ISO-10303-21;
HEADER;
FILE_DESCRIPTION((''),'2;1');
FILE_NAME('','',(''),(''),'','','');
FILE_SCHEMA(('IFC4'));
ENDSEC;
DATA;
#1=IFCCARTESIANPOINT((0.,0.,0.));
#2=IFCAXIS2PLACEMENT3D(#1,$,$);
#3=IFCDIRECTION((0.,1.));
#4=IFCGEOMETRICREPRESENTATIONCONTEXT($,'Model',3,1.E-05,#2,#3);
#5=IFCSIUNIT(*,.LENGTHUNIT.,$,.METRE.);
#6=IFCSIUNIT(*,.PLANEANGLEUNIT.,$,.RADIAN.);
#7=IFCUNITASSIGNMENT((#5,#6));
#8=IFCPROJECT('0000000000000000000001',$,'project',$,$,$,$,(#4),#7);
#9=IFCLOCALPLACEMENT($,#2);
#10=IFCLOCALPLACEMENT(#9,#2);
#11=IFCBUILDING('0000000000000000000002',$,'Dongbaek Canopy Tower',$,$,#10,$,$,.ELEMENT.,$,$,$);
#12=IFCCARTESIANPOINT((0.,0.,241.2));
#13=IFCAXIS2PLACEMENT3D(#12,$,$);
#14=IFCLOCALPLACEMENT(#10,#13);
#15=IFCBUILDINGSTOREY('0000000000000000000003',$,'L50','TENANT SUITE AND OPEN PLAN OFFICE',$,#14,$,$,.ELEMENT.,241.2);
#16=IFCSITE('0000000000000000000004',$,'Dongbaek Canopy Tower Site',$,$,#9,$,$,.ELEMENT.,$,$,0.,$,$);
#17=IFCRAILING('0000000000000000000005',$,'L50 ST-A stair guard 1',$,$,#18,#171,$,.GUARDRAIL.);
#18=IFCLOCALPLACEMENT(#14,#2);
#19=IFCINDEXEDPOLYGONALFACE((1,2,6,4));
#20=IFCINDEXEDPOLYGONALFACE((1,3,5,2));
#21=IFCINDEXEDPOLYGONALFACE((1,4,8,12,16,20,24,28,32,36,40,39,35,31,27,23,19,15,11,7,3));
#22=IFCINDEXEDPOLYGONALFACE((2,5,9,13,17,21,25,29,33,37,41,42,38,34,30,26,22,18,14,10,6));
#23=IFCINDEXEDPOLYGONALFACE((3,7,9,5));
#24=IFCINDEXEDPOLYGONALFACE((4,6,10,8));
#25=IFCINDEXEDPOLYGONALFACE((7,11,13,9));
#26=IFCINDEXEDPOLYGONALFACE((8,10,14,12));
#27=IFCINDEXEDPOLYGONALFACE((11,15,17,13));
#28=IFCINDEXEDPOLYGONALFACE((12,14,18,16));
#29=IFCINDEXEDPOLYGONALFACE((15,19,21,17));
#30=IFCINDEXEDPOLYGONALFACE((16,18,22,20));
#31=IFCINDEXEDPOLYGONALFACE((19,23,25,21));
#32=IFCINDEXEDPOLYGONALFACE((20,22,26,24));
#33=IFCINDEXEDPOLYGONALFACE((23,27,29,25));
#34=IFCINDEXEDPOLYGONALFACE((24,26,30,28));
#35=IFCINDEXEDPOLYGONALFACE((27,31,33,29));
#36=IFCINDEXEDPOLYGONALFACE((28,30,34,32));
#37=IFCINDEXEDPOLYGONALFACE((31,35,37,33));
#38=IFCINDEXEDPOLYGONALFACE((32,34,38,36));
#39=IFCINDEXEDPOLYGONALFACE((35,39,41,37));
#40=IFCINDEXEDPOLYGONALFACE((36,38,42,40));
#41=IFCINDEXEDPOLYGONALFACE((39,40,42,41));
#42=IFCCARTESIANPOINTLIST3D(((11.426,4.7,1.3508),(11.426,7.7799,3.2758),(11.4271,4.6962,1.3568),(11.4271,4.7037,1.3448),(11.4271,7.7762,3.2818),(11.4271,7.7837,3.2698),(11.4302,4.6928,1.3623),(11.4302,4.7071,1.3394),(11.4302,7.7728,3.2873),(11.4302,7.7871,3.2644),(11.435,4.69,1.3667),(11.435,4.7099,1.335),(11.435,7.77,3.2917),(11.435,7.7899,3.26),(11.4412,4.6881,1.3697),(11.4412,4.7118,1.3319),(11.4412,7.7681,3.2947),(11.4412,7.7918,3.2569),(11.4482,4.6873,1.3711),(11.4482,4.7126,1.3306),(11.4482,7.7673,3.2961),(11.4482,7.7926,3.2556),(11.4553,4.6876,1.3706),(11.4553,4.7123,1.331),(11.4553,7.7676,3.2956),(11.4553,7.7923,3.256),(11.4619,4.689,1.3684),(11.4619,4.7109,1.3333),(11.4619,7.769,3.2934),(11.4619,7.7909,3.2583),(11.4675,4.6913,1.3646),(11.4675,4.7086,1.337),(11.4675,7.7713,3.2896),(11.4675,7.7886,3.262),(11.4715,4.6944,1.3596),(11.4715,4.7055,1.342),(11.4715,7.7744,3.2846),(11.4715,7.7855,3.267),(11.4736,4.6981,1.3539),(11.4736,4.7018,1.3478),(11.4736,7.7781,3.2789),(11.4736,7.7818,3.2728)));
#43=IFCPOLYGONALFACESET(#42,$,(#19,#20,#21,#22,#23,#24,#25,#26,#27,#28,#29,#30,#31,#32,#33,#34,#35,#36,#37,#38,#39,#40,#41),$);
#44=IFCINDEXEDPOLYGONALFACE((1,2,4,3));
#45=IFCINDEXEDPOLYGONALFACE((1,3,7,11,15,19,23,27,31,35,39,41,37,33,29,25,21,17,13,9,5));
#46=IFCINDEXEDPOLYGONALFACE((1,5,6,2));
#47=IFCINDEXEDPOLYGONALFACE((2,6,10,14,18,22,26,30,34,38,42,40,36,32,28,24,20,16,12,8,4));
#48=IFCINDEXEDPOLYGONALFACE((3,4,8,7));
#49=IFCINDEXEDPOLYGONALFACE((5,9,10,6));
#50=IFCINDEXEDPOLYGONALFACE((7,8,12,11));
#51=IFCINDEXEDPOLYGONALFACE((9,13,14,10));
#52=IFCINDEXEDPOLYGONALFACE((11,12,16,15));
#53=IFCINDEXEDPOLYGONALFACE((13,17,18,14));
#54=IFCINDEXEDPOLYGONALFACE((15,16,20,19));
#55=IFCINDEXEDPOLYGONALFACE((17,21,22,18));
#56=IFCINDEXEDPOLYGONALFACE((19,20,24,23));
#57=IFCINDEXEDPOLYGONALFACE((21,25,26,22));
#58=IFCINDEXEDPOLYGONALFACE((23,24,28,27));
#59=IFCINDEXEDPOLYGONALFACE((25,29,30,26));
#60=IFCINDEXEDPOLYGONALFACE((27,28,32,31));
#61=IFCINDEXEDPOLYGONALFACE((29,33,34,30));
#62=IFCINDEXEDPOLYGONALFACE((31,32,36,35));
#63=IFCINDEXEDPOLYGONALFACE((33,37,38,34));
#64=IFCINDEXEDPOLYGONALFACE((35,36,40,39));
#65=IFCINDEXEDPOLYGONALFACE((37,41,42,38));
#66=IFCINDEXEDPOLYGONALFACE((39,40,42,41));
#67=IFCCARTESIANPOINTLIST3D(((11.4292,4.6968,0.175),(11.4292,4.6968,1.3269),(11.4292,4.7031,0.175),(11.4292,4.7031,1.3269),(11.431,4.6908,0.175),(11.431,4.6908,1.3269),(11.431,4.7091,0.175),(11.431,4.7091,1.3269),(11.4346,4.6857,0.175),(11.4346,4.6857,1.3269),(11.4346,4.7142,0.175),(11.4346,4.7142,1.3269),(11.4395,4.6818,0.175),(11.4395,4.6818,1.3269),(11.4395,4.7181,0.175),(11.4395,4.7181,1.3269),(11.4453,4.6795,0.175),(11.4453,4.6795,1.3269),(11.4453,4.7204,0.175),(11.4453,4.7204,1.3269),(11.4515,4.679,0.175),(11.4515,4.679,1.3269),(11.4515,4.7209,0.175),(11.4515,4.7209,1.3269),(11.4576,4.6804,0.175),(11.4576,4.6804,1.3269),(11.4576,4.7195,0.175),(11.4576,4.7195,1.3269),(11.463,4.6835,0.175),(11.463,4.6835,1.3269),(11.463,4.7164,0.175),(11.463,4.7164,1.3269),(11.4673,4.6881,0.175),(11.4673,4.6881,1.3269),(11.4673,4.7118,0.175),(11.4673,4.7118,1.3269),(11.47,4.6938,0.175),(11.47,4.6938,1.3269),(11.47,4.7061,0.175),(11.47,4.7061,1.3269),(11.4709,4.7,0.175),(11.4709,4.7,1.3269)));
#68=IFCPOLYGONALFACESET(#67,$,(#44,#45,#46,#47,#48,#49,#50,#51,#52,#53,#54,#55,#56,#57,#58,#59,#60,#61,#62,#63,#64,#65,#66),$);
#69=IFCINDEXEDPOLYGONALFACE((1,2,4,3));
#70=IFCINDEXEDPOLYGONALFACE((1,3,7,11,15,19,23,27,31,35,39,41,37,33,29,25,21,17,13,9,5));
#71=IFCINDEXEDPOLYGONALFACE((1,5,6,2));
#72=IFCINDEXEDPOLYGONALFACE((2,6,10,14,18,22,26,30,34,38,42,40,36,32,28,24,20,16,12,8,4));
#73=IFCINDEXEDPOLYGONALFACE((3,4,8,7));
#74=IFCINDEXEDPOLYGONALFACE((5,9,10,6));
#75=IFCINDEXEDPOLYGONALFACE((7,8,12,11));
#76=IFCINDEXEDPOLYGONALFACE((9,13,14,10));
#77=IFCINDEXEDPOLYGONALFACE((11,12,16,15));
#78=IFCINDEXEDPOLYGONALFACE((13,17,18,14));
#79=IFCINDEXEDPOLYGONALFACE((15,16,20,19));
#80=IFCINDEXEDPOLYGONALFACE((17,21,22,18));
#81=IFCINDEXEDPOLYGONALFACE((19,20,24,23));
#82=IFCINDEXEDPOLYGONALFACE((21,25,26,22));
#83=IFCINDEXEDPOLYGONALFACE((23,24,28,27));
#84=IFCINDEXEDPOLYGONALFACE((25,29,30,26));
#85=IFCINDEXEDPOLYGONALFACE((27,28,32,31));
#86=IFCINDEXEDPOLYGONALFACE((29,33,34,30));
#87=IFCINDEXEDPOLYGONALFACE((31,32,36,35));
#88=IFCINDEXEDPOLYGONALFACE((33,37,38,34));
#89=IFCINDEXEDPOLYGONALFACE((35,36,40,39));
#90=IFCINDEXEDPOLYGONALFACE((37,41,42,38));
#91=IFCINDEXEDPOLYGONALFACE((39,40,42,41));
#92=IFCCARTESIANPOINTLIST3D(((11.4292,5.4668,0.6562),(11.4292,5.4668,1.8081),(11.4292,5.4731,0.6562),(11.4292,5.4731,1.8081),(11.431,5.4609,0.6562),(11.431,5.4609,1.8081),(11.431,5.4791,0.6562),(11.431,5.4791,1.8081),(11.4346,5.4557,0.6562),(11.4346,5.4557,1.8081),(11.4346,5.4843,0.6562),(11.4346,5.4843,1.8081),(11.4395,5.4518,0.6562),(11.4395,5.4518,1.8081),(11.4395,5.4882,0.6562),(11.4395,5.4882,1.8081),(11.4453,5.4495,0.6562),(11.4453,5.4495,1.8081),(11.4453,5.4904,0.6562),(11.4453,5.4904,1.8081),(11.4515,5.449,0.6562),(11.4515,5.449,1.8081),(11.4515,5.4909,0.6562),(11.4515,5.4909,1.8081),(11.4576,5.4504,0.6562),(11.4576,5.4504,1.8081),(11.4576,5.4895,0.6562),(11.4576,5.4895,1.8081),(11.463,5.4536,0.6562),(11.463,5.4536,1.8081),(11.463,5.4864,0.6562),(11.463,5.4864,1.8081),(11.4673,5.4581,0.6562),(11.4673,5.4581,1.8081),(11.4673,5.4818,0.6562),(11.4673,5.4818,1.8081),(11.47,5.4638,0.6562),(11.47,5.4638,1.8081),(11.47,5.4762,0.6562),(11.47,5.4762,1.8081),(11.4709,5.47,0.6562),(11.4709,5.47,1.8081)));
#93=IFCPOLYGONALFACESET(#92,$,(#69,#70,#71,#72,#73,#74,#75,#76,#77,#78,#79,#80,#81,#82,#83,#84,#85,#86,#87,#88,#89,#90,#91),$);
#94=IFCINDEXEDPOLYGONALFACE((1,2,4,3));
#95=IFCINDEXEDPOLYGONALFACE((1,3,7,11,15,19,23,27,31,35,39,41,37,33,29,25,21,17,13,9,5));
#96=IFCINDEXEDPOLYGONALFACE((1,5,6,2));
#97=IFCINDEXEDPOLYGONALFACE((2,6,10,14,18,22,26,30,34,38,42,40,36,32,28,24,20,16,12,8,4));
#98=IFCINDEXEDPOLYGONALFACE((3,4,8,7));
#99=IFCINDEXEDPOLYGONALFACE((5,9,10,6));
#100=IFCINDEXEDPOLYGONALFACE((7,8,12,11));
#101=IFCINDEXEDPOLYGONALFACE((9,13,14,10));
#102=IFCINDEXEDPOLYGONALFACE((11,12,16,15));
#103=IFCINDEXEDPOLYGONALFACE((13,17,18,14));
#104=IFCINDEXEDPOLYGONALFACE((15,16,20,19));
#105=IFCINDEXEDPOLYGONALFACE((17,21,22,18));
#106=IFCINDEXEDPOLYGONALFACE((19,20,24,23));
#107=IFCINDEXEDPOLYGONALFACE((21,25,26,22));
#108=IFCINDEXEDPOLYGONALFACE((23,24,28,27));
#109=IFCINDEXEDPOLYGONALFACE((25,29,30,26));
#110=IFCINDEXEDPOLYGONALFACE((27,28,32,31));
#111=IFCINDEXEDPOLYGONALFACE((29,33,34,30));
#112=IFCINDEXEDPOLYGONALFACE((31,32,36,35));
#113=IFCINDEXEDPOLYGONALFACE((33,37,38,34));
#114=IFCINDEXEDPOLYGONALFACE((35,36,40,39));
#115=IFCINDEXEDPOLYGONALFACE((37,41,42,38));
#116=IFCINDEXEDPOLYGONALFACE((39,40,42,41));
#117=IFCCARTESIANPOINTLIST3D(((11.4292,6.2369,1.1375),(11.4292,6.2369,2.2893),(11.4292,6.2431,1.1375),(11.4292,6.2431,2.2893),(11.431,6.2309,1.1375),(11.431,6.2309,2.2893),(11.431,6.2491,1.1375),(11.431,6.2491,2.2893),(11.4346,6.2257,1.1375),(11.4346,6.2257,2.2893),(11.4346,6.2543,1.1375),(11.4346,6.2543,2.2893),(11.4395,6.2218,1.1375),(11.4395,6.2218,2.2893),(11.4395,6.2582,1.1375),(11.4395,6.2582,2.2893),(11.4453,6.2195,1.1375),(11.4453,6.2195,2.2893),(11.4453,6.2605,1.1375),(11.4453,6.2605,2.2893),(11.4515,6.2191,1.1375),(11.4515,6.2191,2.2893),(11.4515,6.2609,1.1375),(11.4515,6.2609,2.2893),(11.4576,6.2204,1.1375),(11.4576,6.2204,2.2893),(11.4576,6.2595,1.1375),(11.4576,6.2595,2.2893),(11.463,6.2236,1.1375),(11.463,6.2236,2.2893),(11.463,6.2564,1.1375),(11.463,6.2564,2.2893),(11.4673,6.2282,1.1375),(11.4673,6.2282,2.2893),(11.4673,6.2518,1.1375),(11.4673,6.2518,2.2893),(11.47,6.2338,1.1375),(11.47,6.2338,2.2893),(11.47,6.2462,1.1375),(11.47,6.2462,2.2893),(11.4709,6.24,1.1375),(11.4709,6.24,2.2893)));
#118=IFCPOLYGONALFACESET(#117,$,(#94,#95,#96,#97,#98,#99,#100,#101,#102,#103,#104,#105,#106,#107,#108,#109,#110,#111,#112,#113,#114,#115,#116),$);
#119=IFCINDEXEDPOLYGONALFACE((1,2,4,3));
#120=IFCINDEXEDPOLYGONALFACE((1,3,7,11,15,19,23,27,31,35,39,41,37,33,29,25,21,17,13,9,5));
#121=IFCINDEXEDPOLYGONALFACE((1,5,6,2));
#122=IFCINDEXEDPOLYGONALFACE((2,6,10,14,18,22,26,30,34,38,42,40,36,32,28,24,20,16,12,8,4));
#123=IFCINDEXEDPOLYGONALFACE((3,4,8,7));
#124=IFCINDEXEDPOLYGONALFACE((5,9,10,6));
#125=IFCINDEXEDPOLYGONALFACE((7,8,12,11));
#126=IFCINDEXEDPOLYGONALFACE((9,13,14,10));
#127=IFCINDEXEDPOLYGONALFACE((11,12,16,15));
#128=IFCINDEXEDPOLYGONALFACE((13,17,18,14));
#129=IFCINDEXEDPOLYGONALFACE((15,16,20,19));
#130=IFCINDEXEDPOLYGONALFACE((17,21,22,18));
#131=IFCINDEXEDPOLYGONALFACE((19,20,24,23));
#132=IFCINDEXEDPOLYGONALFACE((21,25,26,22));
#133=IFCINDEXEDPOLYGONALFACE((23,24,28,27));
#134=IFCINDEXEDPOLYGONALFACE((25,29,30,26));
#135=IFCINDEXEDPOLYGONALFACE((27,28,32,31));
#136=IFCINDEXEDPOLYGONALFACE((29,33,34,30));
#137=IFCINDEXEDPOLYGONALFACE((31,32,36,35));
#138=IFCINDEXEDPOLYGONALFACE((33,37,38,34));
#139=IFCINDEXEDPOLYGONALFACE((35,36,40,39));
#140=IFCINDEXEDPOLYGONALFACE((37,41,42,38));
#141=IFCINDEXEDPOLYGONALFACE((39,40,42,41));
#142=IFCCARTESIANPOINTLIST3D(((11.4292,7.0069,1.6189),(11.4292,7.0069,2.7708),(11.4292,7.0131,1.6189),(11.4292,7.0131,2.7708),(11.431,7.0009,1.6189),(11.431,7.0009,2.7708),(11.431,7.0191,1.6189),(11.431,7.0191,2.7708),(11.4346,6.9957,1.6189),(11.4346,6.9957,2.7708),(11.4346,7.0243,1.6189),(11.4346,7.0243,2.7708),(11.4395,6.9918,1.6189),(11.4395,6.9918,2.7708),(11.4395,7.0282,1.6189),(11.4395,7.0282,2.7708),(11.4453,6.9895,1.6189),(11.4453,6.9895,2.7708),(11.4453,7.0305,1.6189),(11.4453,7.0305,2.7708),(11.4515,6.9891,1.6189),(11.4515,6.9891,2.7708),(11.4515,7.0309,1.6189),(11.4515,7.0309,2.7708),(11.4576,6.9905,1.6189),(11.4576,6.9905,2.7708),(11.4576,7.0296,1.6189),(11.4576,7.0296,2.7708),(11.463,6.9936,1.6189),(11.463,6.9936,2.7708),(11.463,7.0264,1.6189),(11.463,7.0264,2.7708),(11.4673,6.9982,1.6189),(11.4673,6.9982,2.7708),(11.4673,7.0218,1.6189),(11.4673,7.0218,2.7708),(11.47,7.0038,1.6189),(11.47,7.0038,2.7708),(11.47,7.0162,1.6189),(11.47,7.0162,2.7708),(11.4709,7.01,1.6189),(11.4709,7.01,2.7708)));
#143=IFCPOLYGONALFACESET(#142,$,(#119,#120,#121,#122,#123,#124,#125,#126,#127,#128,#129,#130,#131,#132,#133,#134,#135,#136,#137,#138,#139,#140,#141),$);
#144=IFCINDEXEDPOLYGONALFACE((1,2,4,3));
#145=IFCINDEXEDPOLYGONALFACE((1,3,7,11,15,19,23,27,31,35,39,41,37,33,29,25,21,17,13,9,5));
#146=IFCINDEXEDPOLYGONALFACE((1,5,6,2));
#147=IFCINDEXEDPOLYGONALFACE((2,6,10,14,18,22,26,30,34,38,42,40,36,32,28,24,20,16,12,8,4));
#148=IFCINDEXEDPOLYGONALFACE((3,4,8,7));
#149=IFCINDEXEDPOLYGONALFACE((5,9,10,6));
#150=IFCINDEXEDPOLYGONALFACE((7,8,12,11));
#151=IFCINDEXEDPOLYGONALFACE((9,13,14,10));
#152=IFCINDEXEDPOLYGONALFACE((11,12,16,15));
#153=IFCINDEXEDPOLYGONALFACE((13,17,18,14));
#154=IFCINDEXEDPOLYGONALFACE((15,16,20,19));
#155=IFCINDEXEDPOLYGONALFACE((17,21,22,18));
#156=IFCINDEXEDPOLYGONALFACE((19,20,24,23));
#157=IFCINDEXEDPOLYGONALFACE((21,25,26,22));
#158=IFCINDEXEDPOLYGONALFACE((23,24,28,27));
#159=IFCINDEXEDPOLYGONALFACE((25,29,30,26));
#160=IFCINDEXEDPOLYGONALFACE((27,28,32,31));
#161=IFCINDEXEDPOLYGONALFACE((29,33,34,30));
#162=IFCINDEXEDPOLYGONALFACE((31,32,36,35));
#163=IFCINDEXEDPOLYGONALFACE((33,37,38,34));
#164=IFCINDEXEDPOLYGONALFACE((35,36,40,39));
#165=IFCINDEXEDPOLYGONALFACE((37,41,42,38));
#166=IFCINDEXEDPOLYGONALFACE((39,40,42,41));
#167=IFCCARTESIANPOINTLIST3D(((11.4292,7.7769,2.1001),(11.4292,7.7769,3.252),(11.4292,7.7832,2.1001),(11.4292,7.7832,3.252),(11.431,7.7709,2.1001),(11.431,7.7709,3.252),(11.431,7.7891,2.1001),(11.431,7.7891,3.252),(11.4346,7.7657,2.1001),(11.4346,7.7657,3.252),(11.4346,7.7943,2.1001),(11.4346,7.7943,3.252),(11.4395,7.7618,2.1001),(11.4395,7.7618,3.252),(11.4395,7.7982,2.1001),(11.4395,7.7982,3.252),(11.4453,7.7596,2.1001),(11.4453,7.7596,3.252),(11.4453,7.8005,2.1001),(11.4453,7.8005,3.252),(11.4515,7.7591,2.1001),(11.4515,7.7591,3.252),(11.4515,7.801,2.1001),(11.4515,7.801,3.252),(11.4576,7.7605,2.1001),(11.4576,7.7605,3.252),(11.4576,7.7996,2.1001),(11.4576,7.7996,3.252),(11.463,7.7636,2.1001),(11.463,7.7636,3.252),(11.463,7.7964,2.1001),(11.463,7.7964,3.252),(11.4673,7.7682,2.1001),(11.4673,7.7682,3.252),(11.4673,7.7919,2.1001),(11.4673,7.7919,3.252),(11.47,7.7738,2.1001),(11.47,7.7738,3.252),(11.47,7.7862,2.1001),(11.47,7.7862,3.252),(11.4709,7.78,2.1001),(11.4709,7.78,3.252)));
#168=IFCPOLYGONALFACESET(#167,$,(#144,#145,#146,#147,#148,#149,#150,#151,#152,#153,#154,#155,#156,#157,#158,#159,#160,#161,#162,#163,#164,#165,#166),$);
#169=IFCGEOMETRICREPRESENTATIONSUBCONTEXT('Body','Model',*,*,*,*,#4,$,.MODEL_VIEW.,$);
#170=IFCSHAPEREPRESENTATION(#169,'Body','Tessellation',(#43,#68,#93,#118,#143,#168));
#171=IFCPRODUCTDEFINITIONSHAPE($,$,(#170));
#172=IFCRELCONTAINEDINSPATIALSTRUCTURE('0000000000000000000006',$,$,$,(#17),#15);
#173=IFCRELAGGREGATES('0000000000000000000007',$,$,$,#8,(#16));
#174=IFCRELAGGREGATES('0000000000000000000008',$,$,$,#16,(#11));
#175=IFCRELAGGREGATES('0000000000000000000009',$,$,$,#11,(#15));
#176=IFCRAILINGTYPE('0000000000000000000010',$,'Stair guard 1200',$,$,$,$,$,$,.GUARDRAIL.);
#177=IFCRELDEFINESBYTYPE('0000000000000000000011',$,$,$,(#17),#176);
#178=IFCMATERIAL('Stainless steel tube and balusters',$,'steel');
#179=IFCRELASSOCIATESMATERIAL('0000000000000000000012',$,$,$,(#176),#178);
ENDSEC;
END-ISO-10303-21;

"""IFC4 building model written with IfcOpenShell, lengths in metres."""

from ifc_helpers import new_model, si_unit, direction, frame, origin, origin_2d, place, context, subcontext, project, spatial, circle, extrude, material, type_object, element, save


model = new_model("IFC4")

# Units and contexts
model_context = context("Model", 3, precision=1e-05, world=origin(), true_north=direction((0.0, 1.0)))
body_context = subcontext(model_context, "Body", "Model", "MODEL_VIEW")
ifc_project = project(units=[si_unit("LENGTHUNIT", "METRE"), si_unit("PLANEANGLEUNIT", "RADIAN")], contexts=[model_context])

# Site, building, storey
site_placement = place(None, origin())
site = spatial("IfcSite", under=ifc_project, at=site_placement, Name="Dongbaek Canopy Tower Site", CompositionType="ELEMENT", RefElevation=0.0)
building_placement = place(site_placement, origin())
building = spatial("IfcBuilding", under=site, at=building_placement, Name="Dongbaek Canopy Tower", CompositionType="ELEMENT")
storey_placement = place(building_placement, frame((0.0, 0.0, 241.2)))
storey = spatial("IfcBuildingStorey", under=building, at=storey_placement, Name="L50", Description="TENANT SUITE AND OPEN PLAN OFFICE", CompositionType="ELEMENT", Elevation=241.2)

# Railing
ifc_material_1 = material(Name="Stainless steel tube and balusters", Category="steel")
railing_type_1 = type_object("IfcRailingType", Name="Stair guard 1200", PredefinedType="GUARDRAIL", material=ifc_material_1)
railing_1_placement = place(storey_placement, frame((11.45, 4.7, 0.175)))
element("IfcRailing", 1, at=railing_1_placement, inside=storey, type_object=railing_type_1, Name="L50 ST-A stair guard 1", PredefinedType="GUARDRAIL", context=body_context, shape_type="SweptSolid", body=[
    extrude(circle(Radius=0.0239, at=origin_2d()), frame((0.0, 0.0, 1.1758), z_axis=(0.0, 0.847998, 0.529999), x_axis=(-1.0, 0.0, 0.0)), (0.0, 0.0, 1.0), 3.6321),
    extrude(circle(Radius=0.021, at=origin_2d()), origin(), (0.0, 0.0, 1.0), 1.1519),
    extrude(circle(Radius=0.021, at=origin_2d()), frame((0.0, 0.77, 0.4812)), (0.0, 0.0, 1.0), 1.1519),
    extrude(circle(Radius=0.021, at=origin_2d()), frame((0.0, 1.54, 0.9624)), (0.0, 0.0, 1.0), 1.1519),
    extrude(circle(Radius=0.021, at=origin_2d()), frame((0.0, 2.3101, 1.4438)), (0.0, 0.0, 1.0), 1.1519),
    extrude(circle(Radius=0.021, at=origin_2d()), frame((0.0, 3.0801, 1.925)), (0.0, 0.0, 1.0), 1.1519),
])

save(model, "model.ifc")
